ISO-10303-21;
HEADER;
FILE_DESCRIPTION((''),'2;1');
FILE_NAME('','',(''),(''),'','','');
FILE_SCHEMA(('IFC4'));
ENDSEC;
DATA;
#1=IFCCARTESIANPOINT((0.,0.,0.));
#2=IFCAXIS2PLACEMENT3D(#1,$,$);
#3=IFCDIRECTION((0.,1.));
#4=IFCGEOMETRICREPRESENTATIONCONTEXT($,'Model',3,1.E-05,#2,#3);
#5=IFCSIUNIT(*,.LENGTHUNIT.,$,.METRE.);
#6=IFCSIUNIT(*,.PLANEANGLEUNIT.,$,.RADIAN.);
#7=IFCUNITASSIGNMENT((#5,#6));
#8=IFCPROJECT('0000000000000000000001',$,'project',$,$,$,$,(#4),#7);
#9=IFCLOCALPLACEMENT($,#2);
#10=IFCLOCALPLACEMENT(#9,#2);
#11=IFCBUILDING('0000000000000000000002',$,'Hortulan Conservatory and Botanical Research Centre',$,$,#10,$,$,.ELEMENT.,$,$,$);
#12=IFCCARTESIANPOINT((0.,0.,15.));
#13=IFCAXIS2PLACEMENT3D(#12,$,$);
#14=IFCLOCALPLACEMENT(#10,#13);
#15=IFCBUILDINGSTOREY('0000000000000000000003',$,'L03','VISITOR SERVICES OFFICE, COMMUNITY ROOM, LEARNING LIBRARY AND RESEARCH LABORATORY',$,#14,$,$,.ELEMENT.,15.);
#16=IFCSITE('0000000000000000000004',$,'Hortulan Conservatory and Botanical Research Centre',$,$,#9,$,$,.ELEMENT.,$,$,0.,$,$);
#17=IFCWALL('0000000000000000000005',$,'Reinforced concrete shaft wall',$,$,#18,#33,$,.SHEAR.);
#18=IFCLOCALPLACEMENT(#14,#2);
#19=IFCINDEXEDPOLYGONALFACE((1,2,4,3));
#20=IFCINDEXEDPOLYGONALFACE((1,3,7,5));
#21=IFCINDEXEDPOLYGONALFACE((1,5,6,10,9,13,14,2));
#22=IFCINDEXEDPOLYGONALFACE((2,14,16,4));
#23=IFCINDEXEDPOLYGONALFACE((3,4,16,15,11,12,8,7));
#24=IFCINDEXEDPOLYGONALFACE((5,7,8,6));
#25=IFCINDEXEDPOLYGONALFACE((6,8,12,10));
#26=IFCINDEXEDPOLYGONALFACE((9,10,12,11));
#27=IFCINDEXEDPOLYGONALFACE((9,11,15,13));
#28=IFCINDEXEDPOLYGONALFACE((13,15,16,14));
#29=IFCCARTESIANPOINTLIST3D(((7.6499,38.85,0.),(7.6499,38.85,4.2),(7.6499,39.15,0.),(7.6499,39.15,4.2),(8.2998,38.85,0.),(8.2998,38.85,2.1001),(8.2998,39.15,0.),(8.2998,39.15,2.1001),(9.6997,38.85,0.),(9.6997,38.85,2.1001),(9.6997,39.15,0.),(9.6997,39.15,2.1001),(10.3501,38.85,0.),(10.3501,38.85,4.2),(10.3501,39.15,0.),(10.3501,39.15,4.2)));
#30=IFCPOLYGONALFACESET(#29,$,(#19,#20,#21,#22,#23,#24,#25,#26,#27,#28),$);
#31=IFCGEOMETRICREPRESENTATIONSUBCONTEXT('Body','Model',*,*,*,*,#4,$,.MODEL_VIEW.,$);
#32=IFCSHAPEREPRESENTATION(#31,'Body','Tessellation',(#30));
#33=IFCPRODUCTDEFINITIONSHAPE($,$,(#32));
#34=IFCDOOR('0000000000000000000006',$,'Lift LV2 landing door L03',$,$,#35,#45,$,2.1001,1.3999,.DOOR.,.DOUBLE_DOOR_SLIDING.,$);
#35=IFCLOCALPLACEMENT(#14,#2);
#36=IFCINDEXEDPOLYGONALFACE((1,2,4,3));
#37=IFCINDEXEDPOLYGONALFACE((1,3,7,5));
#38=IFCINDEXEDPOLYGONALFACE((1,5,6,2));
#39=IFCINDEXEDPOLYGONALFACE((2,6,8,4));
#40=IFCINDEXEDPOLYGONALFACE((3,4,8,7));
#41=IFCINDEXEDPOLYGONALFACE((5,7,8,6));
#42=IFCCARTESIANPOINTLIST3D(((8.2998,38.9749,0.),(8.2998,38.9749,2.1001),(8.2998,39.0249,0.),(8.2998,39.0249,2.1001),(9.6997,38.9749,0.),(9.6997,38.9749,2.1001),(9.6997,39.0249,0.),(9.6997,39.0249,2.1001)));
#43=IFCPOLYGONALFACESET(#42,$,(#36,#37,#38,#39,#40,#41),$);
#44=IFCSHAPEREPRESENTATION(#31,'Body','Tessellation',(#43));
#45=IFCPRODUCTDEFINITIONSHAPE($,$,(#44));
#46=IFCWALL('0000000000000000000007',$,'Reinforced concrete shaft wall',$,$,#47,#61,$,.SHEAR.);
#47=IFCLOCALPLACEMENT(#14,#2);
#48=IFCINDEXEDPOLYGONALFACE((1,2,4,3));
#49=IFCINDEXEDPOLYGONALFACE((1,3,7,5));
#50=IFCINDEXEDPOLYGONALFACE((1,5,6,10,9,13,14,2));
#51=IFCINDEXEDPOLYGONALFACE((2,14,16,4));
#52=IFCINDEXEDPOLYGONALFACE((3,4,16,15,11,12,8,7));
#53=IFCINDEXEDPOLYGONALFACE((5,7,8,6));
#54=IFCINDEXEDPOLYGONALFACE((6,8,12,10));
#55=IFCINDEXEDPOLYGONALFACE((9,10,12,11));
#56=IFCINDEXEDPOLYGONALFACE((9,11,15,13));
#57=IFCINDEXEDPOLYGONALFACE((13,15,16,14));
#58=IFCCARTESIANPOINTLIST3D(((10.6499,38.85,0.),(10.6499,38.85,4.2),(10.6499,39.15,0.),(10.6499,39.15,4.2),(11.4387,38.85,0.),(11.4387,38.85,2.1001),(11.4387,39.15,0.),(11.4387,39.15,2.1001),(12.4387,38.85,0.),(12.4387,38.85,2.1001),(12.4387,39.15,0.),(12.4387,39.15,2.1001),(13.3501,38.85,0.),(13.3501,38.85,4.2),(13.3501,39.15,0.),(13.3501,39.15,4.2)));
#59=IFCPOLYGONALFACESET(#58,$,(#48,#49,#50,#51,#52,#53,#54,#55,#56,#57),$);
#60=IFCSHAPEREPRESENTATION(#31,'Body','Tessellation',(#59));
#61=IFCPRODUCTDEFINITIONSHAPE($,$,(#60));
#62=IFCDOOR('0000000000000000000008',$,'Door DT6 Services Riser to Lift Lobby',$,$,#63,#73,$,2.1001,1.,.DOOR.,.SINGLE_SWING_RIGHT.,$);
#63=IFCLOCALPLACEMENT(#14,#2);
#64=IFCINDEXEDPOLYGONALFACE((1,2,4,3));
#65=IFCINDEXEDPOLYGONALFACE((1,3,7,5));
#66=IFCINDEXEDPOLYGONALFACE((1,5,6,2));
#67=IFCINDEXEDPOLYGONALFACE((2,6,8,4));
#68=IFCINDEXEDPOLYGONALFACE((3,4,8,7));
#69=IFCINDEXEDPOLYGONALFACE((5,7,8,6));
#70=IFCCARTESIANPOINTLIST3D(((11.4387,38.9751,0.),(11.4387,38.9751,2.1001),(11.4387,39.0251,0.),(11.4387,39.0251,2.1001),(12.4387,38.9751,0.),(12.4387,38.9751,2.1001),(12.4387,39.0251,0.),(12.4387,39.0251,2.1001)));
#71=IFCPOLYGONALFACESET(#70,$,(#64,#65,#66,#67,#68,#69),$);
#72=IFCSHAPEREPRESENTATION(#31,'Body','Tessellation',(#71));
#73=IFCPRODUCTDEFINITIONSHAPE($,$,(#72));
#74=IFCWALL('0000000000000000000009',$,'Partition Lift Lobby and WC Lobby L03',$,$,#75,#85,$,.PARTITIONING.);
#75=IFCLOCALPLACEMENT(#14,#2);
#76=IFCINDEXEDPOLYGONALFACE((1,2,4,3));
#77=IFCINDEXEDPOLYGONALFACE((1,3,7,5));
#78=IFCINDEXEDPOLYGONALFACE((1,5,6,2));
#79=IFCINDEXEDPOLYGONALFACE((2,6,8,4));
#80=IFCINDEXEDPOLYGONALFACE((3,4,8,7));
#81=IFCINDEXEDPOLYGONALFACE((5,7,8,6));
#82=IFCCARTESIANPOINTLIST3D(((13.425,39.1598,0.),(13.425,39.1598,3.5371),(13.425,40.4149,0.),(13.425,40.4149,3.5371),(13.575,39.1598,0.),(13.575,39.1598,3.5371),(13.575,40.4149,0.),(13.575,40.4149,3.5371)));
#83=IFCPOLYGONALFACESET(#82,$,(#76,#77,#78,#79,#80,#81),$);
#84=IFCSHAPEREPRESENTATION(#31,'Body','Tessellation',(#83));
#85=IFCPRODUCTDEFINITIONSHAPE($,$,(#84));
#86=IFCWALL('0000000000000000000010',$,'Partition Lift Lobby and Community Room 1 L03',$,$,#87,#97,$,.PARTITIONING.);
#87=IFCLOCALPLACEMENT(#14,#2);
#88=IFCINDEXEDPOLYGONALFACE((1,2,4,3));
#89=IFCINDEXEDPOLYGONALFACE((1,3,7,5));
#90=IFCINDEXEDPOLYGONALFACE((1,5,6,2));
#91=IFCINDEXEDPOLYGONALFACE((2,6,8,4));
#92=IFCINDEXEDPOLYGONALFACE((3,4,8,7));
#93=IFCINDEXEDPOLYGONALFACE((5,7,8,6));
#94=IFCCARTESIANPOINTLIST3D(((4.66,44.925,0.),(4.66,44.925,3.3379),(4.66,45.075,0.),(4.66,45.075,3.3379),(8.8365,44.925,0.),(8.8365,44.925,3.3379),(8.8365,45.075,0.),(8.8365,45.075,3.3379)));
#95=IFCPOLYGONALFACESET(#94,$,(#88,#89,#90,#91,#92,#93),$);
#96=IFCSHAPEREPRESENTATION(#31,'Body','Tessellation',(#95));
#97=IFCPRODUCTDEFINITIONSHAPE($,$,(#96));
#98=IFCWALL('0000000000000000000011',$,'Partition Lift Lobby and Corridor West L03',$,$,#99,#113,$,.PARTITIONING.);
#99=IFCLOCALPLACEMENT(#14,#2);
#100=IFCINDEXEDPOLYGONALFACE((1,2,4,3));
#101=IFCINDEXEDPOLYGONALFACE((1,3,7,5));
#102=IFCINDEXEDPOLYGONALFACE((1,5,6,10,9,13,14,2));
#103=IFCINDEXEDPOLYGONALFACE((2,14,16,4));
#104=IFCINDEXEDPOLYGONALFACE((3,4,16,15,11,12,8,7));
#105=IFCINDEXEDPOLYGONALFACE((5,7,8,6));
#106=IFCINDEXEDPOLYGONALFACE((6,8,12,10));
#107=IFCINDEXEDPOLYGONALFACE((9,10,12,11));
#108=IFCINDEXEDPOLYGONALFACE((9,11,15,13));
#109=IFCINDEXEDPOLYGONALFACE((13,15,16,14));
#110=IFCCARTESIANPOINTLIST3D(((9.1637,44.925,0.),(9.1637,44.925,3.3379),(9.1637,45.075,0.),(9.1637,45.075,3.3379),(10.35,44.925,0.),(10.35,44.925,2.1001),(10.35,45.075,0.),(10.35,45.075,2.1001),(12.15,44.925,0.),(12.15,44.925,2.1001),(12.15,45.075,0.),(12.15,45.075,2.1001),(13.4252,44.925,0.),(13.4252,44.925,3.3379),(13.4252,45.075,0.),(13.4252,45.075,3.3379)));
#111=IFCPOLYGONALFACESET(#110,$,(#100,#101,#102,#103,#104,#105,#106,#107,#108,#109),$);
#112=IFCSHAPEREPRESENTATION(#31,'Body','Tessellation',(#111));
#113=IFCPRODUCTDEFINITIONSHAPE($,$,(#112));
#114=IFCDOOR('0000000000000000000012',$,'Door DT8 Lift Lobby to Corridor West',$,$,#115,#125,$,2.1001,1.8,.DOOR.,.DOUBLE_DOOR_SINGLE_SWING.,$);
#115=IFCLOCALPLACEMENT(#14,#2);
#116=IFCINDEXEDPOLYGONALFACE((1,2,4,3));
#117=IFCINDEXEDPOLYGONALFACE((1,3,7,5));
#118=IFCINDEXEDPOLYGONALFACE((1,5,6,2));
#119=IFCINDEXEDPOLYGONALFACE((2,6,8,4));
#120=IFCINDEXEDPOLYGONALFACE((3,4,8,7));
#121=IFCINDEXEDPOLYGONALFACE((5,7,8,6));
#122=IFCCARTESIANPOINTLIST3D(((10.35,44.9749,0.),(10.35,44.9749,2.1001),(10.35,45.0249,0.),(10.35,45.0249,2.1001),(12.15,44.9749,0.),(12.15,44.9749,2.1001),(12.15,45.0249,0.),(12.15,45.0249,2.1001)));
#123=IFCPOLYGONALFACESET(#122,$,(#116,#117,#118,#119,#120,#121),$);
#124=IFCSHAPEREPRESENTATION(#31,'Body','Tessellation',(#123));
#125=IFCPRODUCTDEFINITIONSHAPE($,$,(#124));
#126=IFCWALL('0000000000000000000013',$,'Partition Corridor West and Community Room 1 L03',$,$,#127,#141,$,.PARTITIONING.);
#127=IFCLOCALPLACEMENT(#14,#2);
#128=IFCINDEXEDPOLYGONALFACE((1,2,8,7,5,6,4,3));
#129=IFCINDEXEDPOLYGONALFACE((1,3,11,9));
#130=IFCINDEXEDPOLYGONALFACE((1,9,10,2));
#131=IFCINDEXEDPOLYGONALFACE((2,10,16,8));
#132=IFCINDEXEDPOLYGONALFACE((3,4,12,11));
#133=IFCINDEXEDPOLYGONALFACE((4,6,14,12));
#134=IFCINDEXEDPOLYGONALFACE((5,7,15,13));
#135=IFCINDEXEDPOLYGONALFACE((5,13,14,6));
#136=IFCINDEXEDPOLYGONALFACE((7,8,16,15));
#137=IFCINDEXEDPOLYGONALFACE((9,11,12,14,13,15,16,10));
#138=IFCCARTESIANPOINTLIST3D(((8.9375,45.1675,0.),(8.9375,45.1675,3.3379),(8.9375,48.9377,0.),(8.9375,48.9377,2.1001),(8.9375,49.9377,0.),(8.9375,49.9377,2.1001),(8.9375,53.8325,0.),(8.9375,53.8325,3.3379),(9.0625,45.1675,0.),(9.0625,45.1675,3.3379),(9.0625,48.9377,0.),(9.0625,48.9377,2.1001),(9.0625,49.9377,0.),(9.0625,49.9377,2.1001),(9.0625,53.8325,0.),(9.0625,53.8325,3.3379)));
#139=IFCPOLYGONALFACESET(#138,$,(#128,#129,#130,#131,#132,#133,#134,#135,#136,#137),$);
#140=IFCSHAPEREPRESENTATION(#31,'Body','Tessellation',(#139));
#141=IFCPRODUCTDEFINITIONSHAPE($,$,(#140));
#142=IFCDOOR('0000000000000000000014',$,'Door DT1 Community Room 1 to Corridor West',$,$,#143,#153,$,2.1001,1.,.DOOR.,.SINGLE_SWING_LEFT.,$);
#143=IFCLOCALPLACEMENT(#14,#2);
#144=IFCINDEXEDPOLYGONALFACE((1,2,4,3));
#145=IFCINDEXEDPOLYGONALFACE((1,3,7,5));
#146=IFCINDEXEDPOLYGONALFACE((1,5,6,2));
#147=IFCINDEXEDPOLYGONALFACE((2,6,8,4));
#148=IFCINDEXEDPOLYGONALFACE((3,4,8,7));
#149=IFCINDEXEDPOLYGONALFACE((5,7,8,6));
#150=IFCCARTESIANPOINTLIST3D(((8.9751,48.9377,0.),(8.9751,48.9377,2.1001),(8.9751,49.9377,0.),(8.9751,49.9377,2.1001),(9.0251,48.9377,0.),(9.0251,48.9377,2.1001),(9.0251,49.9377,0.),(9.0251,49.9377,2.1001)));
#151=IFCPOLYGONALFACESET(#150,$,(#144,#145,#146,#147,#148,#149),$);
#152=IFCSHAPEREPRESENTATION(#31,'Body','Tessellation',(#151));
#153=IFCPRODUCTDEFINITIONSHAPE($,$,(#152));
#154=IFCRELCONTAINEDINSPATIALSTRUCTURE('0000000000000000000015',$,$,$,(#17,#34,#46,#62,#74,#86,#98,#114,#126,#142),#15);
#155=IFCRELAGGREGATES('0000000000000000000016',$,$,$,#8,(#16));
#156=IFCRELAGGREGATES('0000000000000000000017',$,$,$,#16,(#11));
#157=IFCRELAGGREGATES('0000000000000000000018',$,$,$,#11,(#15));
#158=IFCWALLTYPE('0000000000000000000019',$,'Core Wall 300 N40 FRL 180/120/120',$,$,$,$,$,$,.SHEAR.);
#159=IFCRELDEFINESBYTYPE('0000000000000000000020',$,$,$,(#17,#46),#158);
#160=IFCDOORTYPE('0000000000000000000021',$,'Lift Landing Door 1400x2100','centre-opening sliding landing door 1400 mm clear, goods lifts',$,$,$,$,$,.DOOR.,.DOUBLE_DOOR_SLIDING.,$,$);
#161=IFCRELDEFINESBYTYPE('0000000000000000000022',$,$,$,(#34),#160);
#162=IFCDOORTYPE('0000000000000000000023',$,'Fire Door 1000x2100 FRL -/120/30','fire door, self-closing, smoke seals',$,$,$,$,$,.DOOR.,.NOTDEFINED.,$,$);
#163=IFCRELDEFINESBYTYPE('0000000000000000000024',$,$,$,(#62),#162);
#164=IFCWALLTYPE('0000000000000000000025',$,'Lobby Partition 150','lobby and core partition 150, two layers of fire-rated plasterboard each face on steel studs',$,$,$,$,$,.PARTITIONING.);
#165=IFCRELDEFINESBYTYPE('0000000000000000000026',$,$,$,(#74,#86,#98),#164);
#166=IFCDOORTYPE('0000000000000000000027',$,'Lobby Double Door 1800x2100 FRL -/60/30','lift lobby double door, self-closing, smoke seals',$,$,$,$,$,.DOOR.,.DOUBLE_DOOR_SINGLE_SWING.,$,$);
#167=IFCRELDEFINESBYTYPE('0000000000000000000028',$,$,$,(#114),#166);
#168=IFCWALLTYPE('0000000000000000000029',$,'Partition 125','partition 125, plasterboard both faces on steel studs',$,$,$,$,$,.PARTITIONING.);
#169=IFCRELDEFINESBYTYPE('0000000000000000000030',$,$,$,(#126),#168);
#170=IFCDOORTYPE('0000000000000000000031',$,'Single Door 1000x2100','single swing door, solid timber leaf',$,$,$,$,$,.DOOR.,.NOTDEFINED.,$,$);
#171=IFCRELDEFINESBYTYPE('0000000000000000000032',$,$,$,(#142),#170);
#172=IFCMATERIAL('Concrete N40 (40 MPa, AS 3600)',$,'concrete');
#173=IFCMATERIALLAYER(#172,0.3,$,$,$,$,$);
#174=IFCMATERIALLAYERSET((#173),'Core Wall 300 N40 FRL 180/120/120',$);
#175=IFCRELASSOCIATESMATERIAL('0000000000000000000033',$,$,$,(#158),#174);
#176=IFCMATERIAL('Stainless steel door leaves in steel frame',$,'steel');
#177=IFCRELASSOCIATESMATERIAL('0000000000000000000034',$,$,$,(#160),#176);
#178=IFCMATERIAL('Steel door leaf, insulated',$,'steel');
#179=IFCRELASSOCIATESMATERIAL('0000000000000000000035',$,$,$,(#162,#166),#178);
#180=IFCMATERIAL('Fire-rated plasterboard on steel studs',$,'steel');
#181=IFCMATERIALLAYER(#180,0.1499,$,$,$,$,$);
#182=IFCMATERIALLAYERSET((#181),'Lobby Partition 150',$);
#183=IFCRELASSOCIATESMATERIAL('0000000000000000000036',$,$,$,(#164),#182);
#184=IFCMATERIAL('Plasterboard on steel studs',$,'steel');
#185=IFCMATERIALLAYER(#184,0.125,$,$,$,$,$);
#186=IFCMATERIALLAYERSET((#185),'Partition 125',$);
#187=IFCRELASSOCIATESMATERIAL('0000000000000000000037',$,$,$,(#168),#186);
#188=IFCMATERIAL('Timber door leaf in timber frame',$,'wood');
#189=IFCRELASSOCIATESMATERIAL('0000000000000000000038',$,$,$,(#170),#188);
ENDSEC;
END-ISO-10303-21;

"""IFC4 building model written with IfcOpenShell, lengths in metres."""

from ifc_helpers import new_model, si_unit, direction, frame, frame_2d, origin, place, context, subcontext, project, spatial, rectangle, extrude, material, layer, layer_set, type_object, element, fill, save


model = new_model("IFC4")

# Units and contexts
model_context = context("Model", 3, precision=1e-05, world=origin(), true_north=direction((0.0, 1.0)))
body_context = subcontext(model_context, "Body", "Model", "MODEL_VIEW")
ifc_project = project(units=[si_unit("LENGTHUNIT", "METRE"), si_unit("PLANEANGLEUNIT", "RADIAN")], contexts=[model_context])

# Site, building, storey
site_placement = place(None, origin())
site = spatial("IfcSite", under=ifc_project, at=site_placement, Name="Hortulan Conservatory and Botanical Research Centre", CompositionType="ELEMENT", RefElevation=0.0)
building_placement = place(site_placement, origin())
building = spatial("IfcBuilding", under=site, at=building_placement, Name="Hortulan Conservatory and Botanical Research Centre", CompositionType="ELEMENT")
storey_placement = place(building_placement, frame((0.0, 0.0, 15.0)))
storey = spatial("IfcBuildingStorey", under=building, at=storey_placement, Name="L03", Description="VISITOR SERVICES OFFICE, COMMUNITY ROOM, LEARNING LIBRARY AND RESEARCH LABORATORY", CompositionType="ELEMENT", Elevation=15.0)

# Walls, openings, doors
ifc_material_1 = material(Name="Concrete N40 (40 MPa, AS 3600)", Category="concrete")
ifc_layer_1 = layer(ifc_material_1, 0.3)
ifc_layer_set_1 = layer_set([ifc_layer_1], Name="Core Wall 300 N40 FRL 180/120/120")
wall_type_1 = type_object("IfcWallType", Name="Core Wall 300 N40 FRL 180/120/120", PredefinedType="SHEAR", material=ifc_layer_set_1)
ifc_material_2 = material(Name="Stainless steel door leaves in steel frame", Category="steel")
wall_1_placement = place(storey_placement, frame((7.6499, 39.0, 0.0), z_axis=(0.0, 0.0, 1.0), x_axis=(1.0, 0.0, 0.0)))
wall_1 = element("IfcWall", 1, at=wall_1_placement, inside=storey, type_object=wall_type_1, Name="Reinforced concrete shaft wall", PredefinedType="SHEAR", context=body_context, shape_type="SweptSolid", body=[
    extrude(rectangle(XDim=2.7002, YDim=0.3, at=frame_2d((1.3501, 0.0))), origin(), (0.0, 0.0, 1.0), 4.2),
])
opening_1_placement = place(wall_1_placement, frame((0.6499, 0.0, 0.0)))
opening_1 = element("IfcOpeningElement", 2, at=opening_1_placement, cuts=wall_1, PredefinedType="OPENING", context=body_context, shape_type="SweptSolid", body=[
    extrude(rectangle(XDim=1.3999, YDim=2.1001, at=frame_2d((0.7, 1.05))), frame((0.0, 0.1599, 0.0), z_axis=(0.0, -1.0, 0.0), x_axis=(1.0, 0.0, 0.0)), (0.0, 0.0, 1.0), 0.3201),
])
door_type_1 = type_object("IfcDoorType", Name="Lift Landing Door 1400x2100", Description="centre-opening sliding landing door 1400 mm clear, goods lifts", OperationType="DOUBLE_DOOR_SLIDING", PredefinedType="DOOR", material=ifc_material_2)
door_1_placement = place(opening_1_placement, origin())
door_1 = element("IfcDoor", 3, at=door_1_placement, inside=storey, type_object=door_type_1, Name="Lift LV2 landing door L03", OperationType="DOUBLE_DOOR_SLIDING", OverallHeight=2.1001, OverallWidth=1.3999, PredefinedType="DOOR", context=body_context, shape_type="SweptSolid", body=[
    extrude(rectangle(XDim=1.3999, YDim=2.1001, at=frame_2d((0.7, 1.05))), frame((0.0, 0.0249, 0.0), z_axis=(0.0, -1.0, 0.0), x_axis=(1.0, 0.0, 0.0)), (0.0, 0.0, 1.0), 0.05),
])
fill(opening_1, door_1)
wall_2_placement = place(storey_placement, frame((10.6499, 39.0, 0.0), z_axis=(0.0, 0.0, 1.0), x_axis=(1.0, 0.0, 0.0)))
wall_2 = element("IfcWall", 4, at=wall_2_placement, inside=storey, type_object=wall_type_1, Name="Reinforced concrete shaft wall", PredefinedType="SHEAR", context=body_context, shape_type="SweptSolid", body=[
    extrude(rectangle(XDim=2.7002, YDim=0.3, at=frame_2d((1.3501, 0.0))), origin(), (0.0, 0.0, 1.0), 4.2),
])
opening_2_placement = place(wall_2_placement, frame((0.7888, 0.0, 0.0)))
opening_2 = element("IfcOpeningElement", 5, at=opening_2_placement, cuts=wall_2, PredefinedType="OPENING", context=body_context, shape_type="SweptSolid", body=[
    extrude(rectangle(XDim=1.0, YDim=2.1001, at=frame_2d((0.5, 1.05))), frame((0.0, 0.1599, 0.0), z_axis=(0.0, -1.0, 0.0), x_axis=(1.0, 0.0, 0.0)), (0.0, 0.0, 1.0), 0.3201),
])
ifc_material_3 = material(Name="Steel door leaf, insulated", Category="steel")
door_type_2 = type_object("IfcDoorType", Name="Fire Door 1000x2100 FRL -/120/30", Description="fire door, self-closing, smoke seals", OperationType="NOTDEFINED", PredefinedType="DOOR", material=ifc_material_3)
door_2_placement = place(opening_2_placement, frame((1.0, 0.0, 0.0), z_axis=(0.0, 0.0, 1.0), x_axis=(-1.0, 0.0, 0.0)))
door_2 = element("IfcDoor", 6, at=door_2_placement, inside=storey, type_object=door_type_2, Name="Door DT6 Services Riser to Lift Lobby", OperationType="SINGLE_SWING_RIGHT", OverallHeight=2.1001, OverallWidth=1.0, PredefinedType="DOOR", context=body_context, shape_type="SweptSolid", body=[
    extrude(rectangle(XDim=1.0, YDim=2.1001, at=frame_2d((0.5, 1.05))), frame((0.0, 0.0249, 0.0), z_axis=(0.0, -1.0, 0.0), x_axis=(1.0, 0.0, 0.0)), (0.0, 0.0, 1.0), 0.05),
])
fill(opening_2, door_2)

# Walls
ifc_material_4 = material(Name="Fire-rated plasterboard on steel studs", Category="steel")
ifc_layer_2 = layer(ifc_material_4, 0.1499)
ifc_layer_set_2 = layer_set([ifc_layer_2], Name="Lobby Partition 150")
wall_type_2 = type_object("IfcWallType", Name="Lobby Partition 150", Description="lobby and core partition 150, two layers of fire-rated plasterboard each face on steel studs", PredefinedType="PARTITIONING", material=ifc_layer_set_2)
wall_3_placement = place(storey_placement, frame((13.5, 39.1599, 0.0), z_axis=(0.0, 0.0, 1.0), x_axis=(0.0, 1.0, 0.0)))
element("IfcWall", 7, at=wall_3_placement, inside=storey, type_object=wall_type_2, Name="Partition Lift Lobby and WC Lobby L03", PredefinedType="PARTITIONING", context=body_context, shape_type="SweptSolid", body=[
    extrude(rectangle(XDim=1.2551, YDim=0.1499, at=frame_2d((0.6274, 0.0))), origin(), (0.0, 0.0, 1.0), 3.5371),
])
wall_4_placement = place(storey_placement, frame((4.6599, 45.0, 0.0), z_axis=(0.0, 0.0, 1.0), x_axis=(1.0, 0.0, 0.0)))
element("IfcWall", 8, at=wall_4_placement, inside=storey, type_object=wall_type_2, Name="Partition Lift Lobby and Community Room 1 L03", PredefinedType="PARTITIONING", context=body_context, shape_type="SweptSolid", body=[
    extrude(rectangle(XDim=4.1765, YDim=0.1499, at=frame_2d((2.0884, 0.0))), origin(), (0.0, 0.0, 1.0), 3.3379),
])

# Walls, openings, doors
wall_5_placement = place(storey_placement, frame((9.1636, 45.0, 0.0), z_axis=(0.0, 0.0, 1.0), x_axis=(1.0, 0.0, 0.0)))
wall_5 = element("IfcWall", 9, at=wall_5_placement, inside=storey, type_object=wall_type_2, Name="Partition Lift Lobby and Corridor West L03", PredefinedType="PARTITIONING", context=body_context, shape_type="SweptSolid", body=[
    extrude(rectangle(XDim=4.2615, YDim=0.1499, at=frame_2d((2.1309, 0.0))), origin(), (0.0, 0.0, 1.0), 3.3379),
])
opening_3_placement = place(wall_5_placement, frame((1.1865, 0.0, 0.0)))
opening_3 = element("IfcOpeningElement", 10, at=opening_3_placement, cuts=wall_5, PredefinedType="OPENING", context=body_context, shape_type="SweptSolid", body=[
    extrude(rectangle(XDim=1.8, YDim=2.1001, at=frame_2d((0.8999, 1.05))), frame((0.0, 0.085, 0.0), z_axis=(0.0, -1.0, 0.0), x_axis=(1.0, 0.0, 0.0)), (0.0, 0.0, 1.0), 0.1699),
])
door_type_3 = type_object("IfcDoorType", Name="Lobby Double Door 1800x2100 FRL -/60/30", Description="lift lobby double door, self-closing, smoke seals", OperationType="DOUBLE_DOOR_SINGLE_SWING", PredefinedType="DOOR", material=ifc_material_3)
door_3_placement = place(opening_3_placement, origin())
door_3 = element("IfcDoor", 11, at=door_3_placement, inside=storey, type_object=door_type_3, Name="Door DT8 Lift Lobby to Corridor West", OperationType="DOUBLE_DOOR_SINGLE_SWING", OverallHeight=2.1001, OverallWidth=1.8, PredefinedType="DOOR", context=body_context, shape_type="SweptSolid", body=[
    extrude(rectangle(XDim=1.8, YDim=2.1001, at=frame_2d((0.8999, 1.05))), frame((0.0, 0.0249, 0.0), z_axis=(0.0, -1.0, 0.0), x_axis=(1.0, 0.0, 0.0)), (0.0, 0.0, 1.0), 0.05),
])
fill(opening_3, door_3)
ifc_material_5 = material(Name="Plasterboard on steel studs", Category="steel")
ifc_layer_3 = layer(ifc_material_5, 0.125)
ifc_layer_set_3 = layer_set([ifc_layer_3], Name="Partition 125")
wall_type_3 = type_object("IfcWallType", Name="Partition 125", Description="partition 125, plasterboard both faces on steel studs", PredefinedType="PARTITIONING", material=ifc_layer_set_3)
wall_6_placement = place(storey_placement, frame((9.0, 45.1675, 0.0), z_axis=(0.0, 0.0, 1.0), x_axis=(0.0, 1.0, 0.0)))
wall_6 = element("IfcWall", 12, at=wall_6_placement, inside=storey, type_object=wall_type_3, Name="Partition Corridor West and Community Room 1 L03", PredefinedType="PARTITIONING", context=body_context, shape_type="SweptSolid", body=[
    extrude(rectangle(XDim=8.665, YDim=0.125, at=frame_2d((4.3325, 0.0))), origin(), (0.0, 0.0, 1.0), 3.3379),
])
opening_4_placement = place(wall_6_placement, frame((3.7703, 0.0, 0.0)))
opening_4 = element("IfcOpeningElement", 13, at=opening_4_placement, cuts=wall_6, PredefinedType="OPENING", context=body_context, shape_type="SweptSolid", body=[
    extrude(rectangle(XDim=1.0, YDim=2.1001, at=frame_2d((0.5, 1.05))), frame((0.0, 0.0725, 0.0), z_axis=(0.0, -1.0, 0.0), x_axis=(1.0, 0.0, 0.0)), (0.0, 0.0, 1.0), 0.145),
])
ifc_material_6 = material(Name="Timber door leaf in timber frame", Category="wood")
door_type_4 = type_object("IfcDoorType", Name="Single Door 1000x2100", Description="single swing door, solid timber leaf", OperationType="NOTDEFINED", PredefinedType="DOOR", material=ifc_material_6)
door_4_placement = place(opening_4_placement, origin())
door_4 = element("IfcDoor", 14, at=door_4_placement, inside=storey, type_object=door_type_4, Name="Door DT1 Community Room 1 to Corridor West", OperationType="SINGLE_SWING_LEFT", OverallHeight=2.1001, OverallWidth=1.0, PredefinedType="DOOR", context=body_context, shape_type="SweptSolid", body=[
    extrude(rectangle(XDim=1.0, YDim=2.1001, at=frame_2d((0.5, 1.05))), frame((0.0, 0.0249, 0.0), z_axis=(0.0, -1.0, 0.0), x_axis=(1.0, 0.0, 0.0)), (0.0, 0.0, 1.0), 0.05),
])
fill(opening_4, door_4)

save(model, "model.ifc")
